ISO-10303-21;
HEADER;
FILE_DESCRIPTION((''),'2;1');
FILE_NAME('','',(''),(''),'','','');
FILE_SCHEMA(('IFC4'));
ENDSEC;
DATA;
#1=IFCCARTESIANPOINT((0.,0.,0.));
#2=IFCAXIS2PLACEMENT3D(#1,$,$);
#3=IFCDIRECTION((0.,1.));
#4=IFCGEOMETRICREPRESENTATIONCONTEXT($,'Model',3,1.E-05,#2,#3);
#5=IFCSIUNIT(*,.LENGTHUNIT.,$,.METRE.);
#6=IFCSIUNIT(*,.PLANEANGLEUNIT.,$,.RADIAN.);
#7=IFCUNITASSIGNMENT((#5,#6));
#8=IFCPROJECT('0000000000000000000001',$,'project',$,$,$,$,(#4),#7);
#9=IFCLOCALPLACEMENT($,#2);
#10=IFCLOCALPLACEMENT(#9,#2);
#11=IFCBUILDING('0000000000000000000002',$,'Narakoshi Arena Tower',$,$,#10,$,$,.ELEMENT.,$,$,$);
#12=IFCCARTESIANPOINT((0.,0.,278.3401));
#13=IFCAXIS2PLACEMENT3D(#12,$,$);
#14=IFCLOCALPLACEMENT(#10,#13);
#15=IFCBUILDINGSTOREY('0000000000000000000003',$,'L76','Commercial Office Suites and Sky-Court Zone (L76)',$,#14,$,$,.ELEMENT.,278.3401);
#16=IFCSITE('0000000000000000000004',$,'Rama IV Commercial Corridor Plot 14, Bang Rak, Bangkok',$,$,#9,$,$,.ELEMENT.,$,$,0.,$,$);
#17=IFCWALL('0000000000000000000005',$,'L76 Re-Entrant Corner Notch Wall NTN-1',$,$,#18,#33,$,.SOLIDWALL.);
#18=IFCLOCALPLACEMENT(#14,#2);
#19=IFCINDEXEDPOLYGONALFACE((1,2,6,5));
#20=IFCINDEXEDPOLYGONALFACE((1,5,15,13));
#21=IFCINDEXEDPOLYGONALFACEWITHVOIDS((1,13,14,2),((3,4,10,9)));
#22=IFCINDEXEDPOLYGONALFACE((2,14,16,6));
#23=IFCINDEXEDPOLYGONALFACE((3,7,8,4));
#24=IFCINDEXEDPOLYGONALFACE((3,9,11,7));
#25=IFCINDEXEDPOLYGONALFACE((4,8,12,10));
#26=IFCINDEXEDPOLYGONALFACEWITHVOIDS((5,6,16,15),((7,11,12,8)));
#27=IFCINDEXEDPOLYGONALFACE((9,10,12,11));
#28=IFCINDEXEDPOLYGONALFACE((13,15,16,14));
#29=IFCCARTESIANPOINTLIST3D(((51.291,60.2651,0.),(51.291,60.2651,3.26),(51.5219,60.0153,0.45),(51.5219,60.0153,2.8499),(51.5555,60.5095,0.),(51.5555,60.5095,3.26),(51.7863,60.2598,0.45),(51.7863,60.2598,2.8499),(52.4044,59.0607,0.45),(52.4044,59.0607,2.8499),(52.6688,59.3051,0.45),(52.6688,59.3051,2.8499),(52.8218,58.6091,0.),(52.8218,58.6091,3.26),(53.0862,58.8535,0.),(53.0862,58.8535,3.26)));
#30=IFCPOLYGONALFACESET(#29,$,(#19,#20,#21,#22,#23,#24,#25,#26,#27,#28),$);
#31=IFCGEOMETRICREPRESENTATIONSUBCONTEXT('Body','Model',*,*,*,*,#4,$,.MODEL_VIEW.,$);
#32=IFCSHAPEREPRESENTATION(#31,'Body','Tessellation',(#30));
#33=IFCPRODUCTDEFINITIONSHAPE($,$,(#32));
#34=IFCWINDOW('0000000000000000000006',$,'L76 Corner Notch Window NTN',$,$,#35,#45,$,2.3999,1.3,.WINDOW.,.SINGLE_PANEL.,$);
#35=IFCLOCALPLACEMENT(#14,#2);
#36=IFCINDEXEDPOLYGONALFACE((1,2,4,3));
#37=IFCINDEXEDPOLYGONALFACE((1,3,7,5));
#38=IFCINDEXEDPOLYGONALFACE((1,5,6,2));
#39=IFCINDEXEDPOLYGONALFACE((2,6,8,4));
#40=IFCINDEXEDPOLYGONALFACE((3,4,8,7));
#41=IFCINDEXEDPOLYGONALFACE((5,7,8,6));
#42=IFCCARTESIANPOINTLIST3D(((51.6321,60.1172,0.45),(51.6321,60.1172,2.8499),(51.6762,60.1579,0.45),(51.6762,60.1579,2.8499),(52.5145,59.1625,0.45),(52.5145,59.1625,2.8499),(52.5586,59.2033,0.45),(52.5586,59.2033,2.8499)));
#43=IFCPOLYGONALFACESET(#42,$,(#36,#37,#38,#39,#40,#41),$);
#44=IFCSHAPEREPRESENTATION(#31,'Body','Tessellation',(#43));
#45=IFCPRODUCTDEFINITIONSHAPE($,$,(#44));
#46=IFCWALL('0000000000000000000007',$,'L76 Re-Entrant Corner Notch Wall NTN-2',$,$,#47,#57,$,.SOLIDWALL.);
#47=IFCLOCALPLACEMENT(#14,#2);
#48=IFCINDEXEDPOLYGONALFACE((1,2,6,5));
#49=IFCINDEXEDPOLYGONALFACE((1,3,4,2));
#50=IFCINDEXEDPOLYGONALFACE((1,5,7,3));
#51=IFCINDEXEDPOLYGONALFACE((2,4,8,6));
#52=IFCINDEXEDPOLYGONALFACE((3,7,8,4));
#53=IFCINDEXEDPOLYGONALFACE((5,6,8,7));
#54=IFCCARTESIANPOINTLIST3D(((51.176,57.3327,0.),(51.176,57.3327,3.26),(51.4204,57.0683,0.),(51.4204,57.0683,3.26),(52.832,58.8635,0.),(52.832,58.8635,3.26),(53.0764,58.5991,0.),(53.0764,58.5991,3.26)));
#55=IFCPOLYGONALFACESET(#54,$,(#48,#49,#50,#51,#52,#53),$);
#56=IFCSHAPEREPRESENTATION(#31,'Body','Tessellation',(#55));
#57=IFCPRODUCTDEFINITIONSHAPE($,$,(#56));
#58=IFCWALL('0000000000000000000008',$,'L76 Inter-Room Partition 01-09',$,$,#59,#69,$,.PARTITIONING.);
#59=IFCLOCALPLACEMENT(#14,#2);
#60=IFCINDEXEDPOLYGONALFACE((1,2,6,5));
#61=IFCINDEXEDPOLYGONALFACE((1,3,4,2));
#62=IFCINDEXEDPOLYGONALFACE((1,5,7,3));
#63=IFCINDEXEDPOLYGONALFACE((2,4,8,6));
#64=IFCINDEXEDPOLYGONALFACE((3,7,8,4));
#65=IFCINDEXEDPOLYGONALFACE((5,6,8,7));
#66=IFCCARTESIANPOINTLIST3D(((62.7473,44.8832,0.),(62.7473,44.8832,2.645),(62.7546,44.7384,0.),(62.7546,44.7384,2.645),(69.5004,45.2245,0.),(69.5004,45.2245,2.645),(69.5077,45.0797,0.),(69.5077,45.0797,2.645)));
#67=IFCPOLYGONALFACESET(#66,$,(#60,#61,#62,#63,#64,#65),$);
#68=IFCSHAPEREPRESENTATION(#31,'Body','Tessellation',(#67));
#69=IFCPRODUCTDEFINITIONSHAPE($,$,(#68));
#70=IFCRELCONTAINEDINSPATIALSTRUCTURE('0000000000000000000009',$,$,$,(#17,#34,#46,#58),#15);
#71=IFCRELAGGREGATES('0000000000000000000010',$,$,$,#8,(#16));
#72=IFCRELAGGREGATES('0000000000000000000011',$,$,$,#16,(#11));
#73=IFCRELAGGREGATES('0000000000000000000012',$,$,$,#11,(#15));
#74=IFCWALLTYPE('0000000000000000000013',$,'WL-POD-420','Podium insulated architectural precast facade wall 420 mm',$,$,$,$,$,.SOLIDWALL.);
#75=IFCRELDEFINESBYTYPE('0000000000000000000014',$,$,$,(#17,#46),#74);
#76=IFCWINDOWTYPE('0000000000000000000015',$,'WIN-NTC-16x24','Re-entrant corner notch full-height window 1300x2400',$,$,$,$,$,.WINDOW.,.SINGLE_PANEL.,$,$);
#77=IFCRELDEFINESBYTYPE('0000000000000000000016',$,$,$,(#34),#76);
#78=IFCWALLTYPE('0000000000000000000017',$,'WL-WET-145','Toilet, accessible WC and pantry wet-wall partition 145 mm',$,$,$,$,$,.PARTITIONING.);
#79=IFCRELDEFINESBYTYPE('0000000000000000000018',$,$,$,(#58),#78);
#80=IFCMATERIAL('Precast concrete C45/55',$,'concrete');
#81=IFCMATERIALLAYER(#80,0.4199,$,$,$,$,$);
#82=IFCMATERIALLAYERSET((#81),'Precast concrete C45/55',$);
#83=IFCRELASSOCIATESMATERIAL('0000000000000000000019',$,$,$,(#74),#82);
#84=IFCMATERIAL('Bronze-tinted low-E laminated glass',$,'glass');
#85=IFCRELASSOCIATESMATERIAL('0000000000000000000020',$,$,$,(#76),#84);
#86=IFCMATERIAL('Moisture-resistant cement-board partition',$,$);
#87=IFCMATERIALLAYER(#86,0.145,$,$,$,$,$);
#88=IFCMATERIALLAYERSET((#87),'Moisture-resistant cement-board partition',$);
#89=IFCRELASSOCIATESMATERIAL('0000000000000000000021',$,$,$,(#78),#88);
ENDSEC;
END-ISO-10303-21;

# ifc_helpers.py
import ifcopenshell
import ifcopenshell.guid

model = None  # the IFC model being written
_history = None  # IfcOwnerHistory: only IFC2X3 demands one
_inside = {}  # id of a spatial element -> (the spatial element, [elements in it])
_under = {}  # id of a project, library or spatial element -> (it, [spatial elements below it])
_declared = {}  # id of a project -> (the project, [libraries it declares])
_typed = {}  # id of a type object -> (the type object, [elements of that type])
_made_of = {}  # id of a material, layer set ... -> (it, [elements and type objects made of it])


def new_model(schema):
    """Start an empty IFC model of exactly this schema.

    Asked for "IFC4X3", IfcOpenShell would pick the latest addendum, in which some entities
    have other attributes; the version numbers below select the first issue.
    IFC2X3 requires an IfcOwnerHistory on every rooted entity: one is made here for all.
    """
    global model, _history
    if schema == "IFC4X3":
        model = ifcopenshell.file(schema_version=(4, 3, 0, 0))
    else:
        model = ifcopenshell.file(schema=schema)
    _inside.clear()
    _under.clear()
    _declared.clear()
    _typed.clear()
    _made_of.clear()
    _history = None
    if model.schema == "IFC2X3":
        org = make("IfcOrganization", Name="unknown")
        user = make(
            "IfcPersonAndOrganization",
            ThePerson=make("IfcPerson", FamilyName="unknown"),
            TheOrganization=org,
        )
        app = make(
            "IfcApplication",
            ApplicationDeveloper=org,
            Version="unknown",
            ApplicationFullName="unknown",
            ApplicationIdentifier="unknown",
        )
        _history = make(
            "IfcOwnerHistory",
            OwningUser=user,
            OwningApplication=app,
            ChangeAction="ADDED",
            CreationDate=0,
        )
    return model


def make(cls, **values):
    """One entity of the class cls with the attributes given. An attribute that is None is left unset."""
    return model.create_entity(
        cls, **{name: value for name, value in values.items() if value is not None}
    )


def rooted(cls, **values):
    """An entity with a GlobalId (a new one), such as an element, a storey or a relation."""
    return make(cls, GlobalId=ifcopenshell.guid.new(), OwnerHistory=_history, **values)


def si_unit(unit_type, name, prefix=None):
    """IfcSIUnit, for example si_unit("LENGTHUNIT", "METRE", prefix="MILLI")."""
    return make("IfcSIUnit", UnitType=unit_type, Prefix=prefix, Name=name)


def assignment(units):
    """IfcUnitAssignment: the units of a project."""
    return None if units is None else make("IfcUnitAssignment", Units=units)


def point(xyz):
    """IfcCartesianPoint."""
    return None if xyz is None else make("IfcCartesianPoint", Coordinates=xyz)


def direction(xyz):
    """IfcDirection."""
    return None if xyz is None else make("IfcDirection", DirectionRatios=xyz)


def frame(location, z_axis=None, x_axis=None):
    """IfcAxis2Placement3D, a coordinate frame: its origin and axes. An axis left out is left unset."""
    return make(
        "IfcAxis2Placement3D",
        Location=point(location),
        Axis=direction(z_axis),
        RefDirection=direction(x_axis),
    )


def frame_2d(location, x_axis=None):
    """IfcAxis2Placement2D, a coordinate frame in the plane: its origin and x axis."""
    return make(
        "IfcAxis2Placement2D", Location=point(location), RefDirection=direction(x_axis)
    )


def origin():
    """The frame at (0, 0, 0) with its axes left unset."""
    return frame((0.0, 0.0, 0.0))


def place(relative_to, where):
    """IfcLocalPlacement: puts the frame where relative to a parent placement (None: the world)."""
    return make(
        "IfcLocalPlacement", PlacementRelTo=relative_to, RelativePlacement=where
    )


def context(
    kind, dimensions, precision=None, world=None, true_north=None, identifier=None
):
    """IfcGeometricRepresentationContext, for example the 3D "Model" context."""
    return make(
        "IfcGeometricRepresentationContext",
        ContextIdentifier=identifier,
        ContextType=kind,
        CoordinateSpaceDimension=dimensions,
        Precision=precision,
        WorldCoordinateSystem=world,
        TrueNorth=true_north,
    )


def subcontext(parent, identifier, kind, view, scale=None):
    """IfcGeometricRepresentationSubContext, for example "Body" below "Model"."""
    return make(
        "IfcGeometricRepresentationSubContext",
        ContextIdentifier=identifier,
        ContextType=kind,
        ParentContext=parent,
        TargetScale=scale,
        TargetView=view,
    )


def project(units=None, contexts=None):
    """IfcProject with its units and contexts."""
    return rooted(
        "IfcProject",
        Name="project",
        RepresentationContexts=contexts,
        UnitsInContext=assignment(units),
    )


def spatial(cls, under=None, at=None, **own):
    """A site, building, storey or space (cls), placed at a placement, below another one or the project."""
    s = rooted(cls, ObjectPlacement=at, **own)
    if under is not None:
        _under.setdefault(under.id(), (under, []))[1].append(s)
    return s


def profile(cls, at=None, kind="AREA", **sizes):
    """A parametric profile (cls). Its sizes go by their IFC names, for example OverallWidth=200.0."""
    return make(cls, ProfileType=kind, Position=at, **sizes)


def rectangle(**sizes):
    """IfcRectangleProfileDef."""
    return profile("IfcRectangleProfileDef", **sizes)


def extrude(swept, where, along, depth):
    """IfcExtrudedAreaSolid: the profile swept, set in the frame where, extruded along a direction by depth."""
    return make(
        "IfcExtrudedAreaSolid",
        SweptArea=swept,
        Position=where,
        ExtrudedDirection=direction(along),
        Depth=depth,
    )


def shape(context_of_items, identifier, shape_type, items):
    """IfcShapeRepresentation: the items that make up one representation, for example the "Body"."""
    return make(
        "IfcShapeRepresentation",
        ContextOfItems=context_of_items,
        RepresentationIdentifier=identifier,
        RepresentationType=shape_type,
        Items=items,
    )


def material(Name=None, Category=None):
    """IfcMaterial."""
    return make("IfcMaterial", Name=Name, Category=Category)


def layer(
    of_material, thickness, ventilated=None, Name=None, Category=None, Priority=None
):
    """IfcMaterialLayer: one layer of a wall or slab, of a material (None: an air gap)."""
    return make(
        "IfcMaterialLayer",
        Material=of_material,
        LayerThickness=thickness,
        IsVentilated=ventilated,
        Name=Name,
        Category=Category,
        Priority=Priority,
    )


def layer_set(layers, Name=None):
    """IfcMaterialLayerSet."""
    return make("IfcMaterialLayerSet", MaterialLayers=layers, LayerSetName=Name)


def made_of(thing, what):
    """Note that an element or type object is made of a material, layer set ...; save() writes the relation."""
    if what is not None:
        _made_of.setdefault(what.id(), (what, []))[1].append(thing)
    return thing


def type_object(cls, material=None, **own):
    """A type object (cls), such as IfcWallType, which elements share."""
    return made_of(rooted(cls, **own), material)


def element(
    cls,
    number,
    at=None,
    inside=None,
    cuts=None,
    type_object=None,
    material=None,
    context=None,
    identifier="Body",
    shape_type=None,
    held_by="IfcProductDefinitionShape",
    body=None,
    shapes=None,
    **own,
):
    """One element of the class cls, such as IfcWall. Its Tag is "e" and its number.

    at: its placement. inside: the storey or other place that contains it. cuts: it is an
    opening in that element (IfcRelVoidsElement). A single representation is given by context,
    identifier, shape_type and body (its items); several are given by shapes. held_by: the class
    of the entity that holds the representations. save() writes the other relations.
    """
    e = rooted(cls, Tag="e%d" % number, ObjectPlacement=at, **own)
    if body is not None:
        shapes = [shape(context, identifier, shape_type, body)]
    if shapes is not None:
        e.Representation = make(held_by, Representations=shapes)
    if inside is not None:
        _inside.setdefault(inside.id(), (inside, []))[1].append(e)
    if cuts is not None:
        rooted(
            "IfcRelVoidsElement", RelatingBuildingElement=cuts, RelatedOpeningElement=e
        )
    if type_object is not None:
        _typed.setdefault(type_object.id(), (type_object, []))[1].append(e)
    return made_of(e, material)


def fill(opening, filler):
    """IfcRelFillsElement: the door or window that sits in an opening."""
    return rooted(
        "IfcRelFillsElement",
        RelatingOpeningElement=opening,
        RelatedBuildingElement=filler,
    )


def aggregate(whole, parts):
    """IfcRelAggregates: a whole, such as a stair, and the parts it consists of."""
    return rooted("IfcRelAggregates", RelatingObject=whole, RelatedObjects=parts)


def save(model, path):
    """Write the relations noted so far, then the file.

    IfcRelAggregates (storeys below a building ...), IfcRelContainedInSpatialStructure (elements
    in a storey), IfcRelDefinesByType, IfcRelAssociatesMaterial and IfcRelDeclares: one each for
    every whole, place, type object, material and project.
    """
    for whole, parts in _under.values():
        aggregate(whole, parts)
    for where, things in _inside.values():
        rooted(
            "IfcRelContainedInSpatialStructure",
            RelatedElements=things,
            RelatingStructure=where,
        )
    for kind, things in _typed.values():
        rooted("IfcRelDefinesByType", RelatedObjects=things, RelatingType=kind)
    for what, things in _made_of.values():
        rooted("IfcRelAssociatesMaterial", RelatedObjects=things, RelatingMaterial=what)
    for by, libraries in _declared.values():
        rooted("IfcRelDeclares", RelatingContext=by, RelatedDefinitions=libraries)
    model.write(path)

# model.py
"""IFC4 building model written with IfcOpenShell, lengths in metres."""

from ifc_helpers import new_model, si_unit, direction, frame, frame_2d, origin, place, context, subcontext, project, spatial, rectangle, extrude, material, layer, layer_set, type_object, element, fill, save


model = new_model("IFC4")

# Units and contexts
model_context = context("Model", 3, precision=1e-05, world=origin(), true_north=direction((0.0, 1.0)))
body_context = subcontext(model_context, "Body", "Model", "MODEL_VIEW")
ifc_project = project(units=[si_unit("LENGTHUNIT", "METRE"), si_unit("PLANEANGLEUNIT", "RADIAN")], contexts=[model_context])

# Site, building, storey
site_placement = place(None, origin())
site = spatial("IfcSite", under=ifc_project, at=site_placement, Name="Rama IV Commercial Corridor Plot 14, Bang Rak, Bangkok", CompositionType="ELEMENT", RefElevation=0.0)
building_placement = place(site_placement, origin())
building = spatial("IfcBuilding", under=site, at=building_placement, Name="Narakoshi Arena Tower", CompositionType="ELEMENT")
storey_placement = place(building_placement, frame((0.0, 0.0, 278.3401)))
storey = spatial("IfcBuildingStorey", under=building, at=storey_placement, Name="L76", Description="Commercial Office Suites and Sky-Court Zone (L76)", CompositionType="ELEMENT", Elevation=278.3401)

# Shared definitions
ifc_material_1 = material(Name="Bronze-tinted low-E laminated glass", Category="glass")

# Shared definitions
ifc_material_2 = material(Name="Precast concrete C45/55", Category="concrete")

# Wall, opening, window
ifc_layer_1 = layer(ifc_material_2, 0.4199)
ifc_layer_set_1 = layer_set([ifc_layer_1], Name="Precast concrete C45/55")
wall_type_1 = type_object("IfcWallType", Name="WL-POD-420", Description="Podium insulated architectural precast facade wall 420 mm", PredefinedType="SOLIDWALL", material=ifc_layer_set_1)
wall_1_placement = place(storey_placement, frame((51.4233, 60.3872, 0.0), z_axis=(0.0, 0.0, 1.0), x_axis=(0.678793, -0.73433, 0.0)))
wall_1 = element("IfcWall", 1, at=wall_1_placement, inside=storey, type_object=wall_type_1, Name="L76 Re-Entrant Corner Notch Wall NTN-1", PredefinedType="SOLIDWALL", context=body_context, shape_type="SweptSolid", body=[
    extrude(rectangle(XDim=2.2551, YDim=0.3601, at=frame_2d((1.1274, 0.0))), origin(), (0.0, 0.0, 1.0), 3.26),
])
opening_1_placement = place(wall_1_placement, frame((0.3401, 0.0, 0.45)))
opening_1 = element("IfcOpeningElement", 2, at=opening_1_placement, cuts=wall_1, PredefinedType="OPENING", context=body_context, shape_type="SweptSolid", body=[
    extrude(rectangle(XDim=1.3, YDim=2.3999, at=frame_2d((0.6499, 1.2))), frame((0.0, 0.1899, 0.0), z_axis=(0.0, -1.0, 0.0), x_axis=(1.0, 0.0, 0.0)), (0.0, 0.0, 1.0), 0.3801),
])
window_type_1 = type_object("IfcWindowType", Name="WIN-NTC-16x24", Description="Re-entrant corner notch full-height window 1300x2400", PartitioningType="SINGLE_PANEL", PredefinedType="WINDOW", material=ifc_material_1)
window_1_placement = place(opening_1_placement, origin())
window_1 = element("IfcWindow", 3, at=window_1_placement, inside=storey, type_object=window_type_1, Name="L76 Corner Notch Window NTN", OverallHeight=2.3999, OverallWidth=1.3, PartitioningType="SINGLE_PANEL", PredefinedType="WINDOW", context=body_context, shape_type="SweptSolid", body=[
    extrude(rectangle(XDim=1.3, YDim=2.3999, at=frame_2d((0.6499, 1.2))), frame((0.0, 0.03, 0.0), z_axis=(0.0, -1.0, 0.0), x_axis=(1.0, 0.0, 0.0)), (0.0, 0.0, 1.0), 0.0601),
])
fill(opening_1, window_1)

# Walls
wall_2_placement = place(storey_placement, frame((52.9541, 58.7312, 0.0), z_axis=(0.0, 0.0, 1.0), x_axis=(-0.73433, -0.678793, 0.0)))
element("IfcWall", 4, at=wall_2_placement, inside=storey, type_object=wall_type_1, Name="L76 Re-Entrant Corner Notch Wall NTN-2", PredefinedType="SOLIDWALL", context=body_context, shape_type="SweptSolid", body=[
    extrude(rectangle(XDim=2.2551, YDim=0.3601, at=frame_2d((1.1274, 0.0))), origin(), (0.0, 0.0, 1.0), 3.26),
])
ifc_material_3 = material(Name="Moisture-resistant cement-board partition")
ifc_layer_2 = layer(ifc_material_3, 0.145)
ifc_layer_set_2 = layer_set([ifc_layer_2], Name="Moisture-resistant cement-board partition")
wall_type_2 = type_object("IfcWallType", Name="WL-WET-145", Description="Toilet, accessible WC and pantry wet-wall partition 145 mm", PredefinedType="PARTITIONING", material=ifc_layer_set_2)
wall_3_placement = place(storey_placement, frame((62.751, 44.8108, 0.0), z_axis=(0.0, 0.0, 1.0), x_axis=(0.998725, 0.050476, 0.0)))
element("IfcWall", 5, at=wall_3_placement, inside=storey, type_object=wall_type_2, Name="L76 Inter-Room Partition 01-09", PredefinedType="PARTITIONING", context=body_context, shape_type="SweptSolid", body=[
    extrude(rectangle(XDim=6.7617, YDim=0.145, at=frame_2d((3.3809, 0.0))), origin(), (0.0, 0.0, 1.0), 2.645),
])

save(model, "model.ifc")
